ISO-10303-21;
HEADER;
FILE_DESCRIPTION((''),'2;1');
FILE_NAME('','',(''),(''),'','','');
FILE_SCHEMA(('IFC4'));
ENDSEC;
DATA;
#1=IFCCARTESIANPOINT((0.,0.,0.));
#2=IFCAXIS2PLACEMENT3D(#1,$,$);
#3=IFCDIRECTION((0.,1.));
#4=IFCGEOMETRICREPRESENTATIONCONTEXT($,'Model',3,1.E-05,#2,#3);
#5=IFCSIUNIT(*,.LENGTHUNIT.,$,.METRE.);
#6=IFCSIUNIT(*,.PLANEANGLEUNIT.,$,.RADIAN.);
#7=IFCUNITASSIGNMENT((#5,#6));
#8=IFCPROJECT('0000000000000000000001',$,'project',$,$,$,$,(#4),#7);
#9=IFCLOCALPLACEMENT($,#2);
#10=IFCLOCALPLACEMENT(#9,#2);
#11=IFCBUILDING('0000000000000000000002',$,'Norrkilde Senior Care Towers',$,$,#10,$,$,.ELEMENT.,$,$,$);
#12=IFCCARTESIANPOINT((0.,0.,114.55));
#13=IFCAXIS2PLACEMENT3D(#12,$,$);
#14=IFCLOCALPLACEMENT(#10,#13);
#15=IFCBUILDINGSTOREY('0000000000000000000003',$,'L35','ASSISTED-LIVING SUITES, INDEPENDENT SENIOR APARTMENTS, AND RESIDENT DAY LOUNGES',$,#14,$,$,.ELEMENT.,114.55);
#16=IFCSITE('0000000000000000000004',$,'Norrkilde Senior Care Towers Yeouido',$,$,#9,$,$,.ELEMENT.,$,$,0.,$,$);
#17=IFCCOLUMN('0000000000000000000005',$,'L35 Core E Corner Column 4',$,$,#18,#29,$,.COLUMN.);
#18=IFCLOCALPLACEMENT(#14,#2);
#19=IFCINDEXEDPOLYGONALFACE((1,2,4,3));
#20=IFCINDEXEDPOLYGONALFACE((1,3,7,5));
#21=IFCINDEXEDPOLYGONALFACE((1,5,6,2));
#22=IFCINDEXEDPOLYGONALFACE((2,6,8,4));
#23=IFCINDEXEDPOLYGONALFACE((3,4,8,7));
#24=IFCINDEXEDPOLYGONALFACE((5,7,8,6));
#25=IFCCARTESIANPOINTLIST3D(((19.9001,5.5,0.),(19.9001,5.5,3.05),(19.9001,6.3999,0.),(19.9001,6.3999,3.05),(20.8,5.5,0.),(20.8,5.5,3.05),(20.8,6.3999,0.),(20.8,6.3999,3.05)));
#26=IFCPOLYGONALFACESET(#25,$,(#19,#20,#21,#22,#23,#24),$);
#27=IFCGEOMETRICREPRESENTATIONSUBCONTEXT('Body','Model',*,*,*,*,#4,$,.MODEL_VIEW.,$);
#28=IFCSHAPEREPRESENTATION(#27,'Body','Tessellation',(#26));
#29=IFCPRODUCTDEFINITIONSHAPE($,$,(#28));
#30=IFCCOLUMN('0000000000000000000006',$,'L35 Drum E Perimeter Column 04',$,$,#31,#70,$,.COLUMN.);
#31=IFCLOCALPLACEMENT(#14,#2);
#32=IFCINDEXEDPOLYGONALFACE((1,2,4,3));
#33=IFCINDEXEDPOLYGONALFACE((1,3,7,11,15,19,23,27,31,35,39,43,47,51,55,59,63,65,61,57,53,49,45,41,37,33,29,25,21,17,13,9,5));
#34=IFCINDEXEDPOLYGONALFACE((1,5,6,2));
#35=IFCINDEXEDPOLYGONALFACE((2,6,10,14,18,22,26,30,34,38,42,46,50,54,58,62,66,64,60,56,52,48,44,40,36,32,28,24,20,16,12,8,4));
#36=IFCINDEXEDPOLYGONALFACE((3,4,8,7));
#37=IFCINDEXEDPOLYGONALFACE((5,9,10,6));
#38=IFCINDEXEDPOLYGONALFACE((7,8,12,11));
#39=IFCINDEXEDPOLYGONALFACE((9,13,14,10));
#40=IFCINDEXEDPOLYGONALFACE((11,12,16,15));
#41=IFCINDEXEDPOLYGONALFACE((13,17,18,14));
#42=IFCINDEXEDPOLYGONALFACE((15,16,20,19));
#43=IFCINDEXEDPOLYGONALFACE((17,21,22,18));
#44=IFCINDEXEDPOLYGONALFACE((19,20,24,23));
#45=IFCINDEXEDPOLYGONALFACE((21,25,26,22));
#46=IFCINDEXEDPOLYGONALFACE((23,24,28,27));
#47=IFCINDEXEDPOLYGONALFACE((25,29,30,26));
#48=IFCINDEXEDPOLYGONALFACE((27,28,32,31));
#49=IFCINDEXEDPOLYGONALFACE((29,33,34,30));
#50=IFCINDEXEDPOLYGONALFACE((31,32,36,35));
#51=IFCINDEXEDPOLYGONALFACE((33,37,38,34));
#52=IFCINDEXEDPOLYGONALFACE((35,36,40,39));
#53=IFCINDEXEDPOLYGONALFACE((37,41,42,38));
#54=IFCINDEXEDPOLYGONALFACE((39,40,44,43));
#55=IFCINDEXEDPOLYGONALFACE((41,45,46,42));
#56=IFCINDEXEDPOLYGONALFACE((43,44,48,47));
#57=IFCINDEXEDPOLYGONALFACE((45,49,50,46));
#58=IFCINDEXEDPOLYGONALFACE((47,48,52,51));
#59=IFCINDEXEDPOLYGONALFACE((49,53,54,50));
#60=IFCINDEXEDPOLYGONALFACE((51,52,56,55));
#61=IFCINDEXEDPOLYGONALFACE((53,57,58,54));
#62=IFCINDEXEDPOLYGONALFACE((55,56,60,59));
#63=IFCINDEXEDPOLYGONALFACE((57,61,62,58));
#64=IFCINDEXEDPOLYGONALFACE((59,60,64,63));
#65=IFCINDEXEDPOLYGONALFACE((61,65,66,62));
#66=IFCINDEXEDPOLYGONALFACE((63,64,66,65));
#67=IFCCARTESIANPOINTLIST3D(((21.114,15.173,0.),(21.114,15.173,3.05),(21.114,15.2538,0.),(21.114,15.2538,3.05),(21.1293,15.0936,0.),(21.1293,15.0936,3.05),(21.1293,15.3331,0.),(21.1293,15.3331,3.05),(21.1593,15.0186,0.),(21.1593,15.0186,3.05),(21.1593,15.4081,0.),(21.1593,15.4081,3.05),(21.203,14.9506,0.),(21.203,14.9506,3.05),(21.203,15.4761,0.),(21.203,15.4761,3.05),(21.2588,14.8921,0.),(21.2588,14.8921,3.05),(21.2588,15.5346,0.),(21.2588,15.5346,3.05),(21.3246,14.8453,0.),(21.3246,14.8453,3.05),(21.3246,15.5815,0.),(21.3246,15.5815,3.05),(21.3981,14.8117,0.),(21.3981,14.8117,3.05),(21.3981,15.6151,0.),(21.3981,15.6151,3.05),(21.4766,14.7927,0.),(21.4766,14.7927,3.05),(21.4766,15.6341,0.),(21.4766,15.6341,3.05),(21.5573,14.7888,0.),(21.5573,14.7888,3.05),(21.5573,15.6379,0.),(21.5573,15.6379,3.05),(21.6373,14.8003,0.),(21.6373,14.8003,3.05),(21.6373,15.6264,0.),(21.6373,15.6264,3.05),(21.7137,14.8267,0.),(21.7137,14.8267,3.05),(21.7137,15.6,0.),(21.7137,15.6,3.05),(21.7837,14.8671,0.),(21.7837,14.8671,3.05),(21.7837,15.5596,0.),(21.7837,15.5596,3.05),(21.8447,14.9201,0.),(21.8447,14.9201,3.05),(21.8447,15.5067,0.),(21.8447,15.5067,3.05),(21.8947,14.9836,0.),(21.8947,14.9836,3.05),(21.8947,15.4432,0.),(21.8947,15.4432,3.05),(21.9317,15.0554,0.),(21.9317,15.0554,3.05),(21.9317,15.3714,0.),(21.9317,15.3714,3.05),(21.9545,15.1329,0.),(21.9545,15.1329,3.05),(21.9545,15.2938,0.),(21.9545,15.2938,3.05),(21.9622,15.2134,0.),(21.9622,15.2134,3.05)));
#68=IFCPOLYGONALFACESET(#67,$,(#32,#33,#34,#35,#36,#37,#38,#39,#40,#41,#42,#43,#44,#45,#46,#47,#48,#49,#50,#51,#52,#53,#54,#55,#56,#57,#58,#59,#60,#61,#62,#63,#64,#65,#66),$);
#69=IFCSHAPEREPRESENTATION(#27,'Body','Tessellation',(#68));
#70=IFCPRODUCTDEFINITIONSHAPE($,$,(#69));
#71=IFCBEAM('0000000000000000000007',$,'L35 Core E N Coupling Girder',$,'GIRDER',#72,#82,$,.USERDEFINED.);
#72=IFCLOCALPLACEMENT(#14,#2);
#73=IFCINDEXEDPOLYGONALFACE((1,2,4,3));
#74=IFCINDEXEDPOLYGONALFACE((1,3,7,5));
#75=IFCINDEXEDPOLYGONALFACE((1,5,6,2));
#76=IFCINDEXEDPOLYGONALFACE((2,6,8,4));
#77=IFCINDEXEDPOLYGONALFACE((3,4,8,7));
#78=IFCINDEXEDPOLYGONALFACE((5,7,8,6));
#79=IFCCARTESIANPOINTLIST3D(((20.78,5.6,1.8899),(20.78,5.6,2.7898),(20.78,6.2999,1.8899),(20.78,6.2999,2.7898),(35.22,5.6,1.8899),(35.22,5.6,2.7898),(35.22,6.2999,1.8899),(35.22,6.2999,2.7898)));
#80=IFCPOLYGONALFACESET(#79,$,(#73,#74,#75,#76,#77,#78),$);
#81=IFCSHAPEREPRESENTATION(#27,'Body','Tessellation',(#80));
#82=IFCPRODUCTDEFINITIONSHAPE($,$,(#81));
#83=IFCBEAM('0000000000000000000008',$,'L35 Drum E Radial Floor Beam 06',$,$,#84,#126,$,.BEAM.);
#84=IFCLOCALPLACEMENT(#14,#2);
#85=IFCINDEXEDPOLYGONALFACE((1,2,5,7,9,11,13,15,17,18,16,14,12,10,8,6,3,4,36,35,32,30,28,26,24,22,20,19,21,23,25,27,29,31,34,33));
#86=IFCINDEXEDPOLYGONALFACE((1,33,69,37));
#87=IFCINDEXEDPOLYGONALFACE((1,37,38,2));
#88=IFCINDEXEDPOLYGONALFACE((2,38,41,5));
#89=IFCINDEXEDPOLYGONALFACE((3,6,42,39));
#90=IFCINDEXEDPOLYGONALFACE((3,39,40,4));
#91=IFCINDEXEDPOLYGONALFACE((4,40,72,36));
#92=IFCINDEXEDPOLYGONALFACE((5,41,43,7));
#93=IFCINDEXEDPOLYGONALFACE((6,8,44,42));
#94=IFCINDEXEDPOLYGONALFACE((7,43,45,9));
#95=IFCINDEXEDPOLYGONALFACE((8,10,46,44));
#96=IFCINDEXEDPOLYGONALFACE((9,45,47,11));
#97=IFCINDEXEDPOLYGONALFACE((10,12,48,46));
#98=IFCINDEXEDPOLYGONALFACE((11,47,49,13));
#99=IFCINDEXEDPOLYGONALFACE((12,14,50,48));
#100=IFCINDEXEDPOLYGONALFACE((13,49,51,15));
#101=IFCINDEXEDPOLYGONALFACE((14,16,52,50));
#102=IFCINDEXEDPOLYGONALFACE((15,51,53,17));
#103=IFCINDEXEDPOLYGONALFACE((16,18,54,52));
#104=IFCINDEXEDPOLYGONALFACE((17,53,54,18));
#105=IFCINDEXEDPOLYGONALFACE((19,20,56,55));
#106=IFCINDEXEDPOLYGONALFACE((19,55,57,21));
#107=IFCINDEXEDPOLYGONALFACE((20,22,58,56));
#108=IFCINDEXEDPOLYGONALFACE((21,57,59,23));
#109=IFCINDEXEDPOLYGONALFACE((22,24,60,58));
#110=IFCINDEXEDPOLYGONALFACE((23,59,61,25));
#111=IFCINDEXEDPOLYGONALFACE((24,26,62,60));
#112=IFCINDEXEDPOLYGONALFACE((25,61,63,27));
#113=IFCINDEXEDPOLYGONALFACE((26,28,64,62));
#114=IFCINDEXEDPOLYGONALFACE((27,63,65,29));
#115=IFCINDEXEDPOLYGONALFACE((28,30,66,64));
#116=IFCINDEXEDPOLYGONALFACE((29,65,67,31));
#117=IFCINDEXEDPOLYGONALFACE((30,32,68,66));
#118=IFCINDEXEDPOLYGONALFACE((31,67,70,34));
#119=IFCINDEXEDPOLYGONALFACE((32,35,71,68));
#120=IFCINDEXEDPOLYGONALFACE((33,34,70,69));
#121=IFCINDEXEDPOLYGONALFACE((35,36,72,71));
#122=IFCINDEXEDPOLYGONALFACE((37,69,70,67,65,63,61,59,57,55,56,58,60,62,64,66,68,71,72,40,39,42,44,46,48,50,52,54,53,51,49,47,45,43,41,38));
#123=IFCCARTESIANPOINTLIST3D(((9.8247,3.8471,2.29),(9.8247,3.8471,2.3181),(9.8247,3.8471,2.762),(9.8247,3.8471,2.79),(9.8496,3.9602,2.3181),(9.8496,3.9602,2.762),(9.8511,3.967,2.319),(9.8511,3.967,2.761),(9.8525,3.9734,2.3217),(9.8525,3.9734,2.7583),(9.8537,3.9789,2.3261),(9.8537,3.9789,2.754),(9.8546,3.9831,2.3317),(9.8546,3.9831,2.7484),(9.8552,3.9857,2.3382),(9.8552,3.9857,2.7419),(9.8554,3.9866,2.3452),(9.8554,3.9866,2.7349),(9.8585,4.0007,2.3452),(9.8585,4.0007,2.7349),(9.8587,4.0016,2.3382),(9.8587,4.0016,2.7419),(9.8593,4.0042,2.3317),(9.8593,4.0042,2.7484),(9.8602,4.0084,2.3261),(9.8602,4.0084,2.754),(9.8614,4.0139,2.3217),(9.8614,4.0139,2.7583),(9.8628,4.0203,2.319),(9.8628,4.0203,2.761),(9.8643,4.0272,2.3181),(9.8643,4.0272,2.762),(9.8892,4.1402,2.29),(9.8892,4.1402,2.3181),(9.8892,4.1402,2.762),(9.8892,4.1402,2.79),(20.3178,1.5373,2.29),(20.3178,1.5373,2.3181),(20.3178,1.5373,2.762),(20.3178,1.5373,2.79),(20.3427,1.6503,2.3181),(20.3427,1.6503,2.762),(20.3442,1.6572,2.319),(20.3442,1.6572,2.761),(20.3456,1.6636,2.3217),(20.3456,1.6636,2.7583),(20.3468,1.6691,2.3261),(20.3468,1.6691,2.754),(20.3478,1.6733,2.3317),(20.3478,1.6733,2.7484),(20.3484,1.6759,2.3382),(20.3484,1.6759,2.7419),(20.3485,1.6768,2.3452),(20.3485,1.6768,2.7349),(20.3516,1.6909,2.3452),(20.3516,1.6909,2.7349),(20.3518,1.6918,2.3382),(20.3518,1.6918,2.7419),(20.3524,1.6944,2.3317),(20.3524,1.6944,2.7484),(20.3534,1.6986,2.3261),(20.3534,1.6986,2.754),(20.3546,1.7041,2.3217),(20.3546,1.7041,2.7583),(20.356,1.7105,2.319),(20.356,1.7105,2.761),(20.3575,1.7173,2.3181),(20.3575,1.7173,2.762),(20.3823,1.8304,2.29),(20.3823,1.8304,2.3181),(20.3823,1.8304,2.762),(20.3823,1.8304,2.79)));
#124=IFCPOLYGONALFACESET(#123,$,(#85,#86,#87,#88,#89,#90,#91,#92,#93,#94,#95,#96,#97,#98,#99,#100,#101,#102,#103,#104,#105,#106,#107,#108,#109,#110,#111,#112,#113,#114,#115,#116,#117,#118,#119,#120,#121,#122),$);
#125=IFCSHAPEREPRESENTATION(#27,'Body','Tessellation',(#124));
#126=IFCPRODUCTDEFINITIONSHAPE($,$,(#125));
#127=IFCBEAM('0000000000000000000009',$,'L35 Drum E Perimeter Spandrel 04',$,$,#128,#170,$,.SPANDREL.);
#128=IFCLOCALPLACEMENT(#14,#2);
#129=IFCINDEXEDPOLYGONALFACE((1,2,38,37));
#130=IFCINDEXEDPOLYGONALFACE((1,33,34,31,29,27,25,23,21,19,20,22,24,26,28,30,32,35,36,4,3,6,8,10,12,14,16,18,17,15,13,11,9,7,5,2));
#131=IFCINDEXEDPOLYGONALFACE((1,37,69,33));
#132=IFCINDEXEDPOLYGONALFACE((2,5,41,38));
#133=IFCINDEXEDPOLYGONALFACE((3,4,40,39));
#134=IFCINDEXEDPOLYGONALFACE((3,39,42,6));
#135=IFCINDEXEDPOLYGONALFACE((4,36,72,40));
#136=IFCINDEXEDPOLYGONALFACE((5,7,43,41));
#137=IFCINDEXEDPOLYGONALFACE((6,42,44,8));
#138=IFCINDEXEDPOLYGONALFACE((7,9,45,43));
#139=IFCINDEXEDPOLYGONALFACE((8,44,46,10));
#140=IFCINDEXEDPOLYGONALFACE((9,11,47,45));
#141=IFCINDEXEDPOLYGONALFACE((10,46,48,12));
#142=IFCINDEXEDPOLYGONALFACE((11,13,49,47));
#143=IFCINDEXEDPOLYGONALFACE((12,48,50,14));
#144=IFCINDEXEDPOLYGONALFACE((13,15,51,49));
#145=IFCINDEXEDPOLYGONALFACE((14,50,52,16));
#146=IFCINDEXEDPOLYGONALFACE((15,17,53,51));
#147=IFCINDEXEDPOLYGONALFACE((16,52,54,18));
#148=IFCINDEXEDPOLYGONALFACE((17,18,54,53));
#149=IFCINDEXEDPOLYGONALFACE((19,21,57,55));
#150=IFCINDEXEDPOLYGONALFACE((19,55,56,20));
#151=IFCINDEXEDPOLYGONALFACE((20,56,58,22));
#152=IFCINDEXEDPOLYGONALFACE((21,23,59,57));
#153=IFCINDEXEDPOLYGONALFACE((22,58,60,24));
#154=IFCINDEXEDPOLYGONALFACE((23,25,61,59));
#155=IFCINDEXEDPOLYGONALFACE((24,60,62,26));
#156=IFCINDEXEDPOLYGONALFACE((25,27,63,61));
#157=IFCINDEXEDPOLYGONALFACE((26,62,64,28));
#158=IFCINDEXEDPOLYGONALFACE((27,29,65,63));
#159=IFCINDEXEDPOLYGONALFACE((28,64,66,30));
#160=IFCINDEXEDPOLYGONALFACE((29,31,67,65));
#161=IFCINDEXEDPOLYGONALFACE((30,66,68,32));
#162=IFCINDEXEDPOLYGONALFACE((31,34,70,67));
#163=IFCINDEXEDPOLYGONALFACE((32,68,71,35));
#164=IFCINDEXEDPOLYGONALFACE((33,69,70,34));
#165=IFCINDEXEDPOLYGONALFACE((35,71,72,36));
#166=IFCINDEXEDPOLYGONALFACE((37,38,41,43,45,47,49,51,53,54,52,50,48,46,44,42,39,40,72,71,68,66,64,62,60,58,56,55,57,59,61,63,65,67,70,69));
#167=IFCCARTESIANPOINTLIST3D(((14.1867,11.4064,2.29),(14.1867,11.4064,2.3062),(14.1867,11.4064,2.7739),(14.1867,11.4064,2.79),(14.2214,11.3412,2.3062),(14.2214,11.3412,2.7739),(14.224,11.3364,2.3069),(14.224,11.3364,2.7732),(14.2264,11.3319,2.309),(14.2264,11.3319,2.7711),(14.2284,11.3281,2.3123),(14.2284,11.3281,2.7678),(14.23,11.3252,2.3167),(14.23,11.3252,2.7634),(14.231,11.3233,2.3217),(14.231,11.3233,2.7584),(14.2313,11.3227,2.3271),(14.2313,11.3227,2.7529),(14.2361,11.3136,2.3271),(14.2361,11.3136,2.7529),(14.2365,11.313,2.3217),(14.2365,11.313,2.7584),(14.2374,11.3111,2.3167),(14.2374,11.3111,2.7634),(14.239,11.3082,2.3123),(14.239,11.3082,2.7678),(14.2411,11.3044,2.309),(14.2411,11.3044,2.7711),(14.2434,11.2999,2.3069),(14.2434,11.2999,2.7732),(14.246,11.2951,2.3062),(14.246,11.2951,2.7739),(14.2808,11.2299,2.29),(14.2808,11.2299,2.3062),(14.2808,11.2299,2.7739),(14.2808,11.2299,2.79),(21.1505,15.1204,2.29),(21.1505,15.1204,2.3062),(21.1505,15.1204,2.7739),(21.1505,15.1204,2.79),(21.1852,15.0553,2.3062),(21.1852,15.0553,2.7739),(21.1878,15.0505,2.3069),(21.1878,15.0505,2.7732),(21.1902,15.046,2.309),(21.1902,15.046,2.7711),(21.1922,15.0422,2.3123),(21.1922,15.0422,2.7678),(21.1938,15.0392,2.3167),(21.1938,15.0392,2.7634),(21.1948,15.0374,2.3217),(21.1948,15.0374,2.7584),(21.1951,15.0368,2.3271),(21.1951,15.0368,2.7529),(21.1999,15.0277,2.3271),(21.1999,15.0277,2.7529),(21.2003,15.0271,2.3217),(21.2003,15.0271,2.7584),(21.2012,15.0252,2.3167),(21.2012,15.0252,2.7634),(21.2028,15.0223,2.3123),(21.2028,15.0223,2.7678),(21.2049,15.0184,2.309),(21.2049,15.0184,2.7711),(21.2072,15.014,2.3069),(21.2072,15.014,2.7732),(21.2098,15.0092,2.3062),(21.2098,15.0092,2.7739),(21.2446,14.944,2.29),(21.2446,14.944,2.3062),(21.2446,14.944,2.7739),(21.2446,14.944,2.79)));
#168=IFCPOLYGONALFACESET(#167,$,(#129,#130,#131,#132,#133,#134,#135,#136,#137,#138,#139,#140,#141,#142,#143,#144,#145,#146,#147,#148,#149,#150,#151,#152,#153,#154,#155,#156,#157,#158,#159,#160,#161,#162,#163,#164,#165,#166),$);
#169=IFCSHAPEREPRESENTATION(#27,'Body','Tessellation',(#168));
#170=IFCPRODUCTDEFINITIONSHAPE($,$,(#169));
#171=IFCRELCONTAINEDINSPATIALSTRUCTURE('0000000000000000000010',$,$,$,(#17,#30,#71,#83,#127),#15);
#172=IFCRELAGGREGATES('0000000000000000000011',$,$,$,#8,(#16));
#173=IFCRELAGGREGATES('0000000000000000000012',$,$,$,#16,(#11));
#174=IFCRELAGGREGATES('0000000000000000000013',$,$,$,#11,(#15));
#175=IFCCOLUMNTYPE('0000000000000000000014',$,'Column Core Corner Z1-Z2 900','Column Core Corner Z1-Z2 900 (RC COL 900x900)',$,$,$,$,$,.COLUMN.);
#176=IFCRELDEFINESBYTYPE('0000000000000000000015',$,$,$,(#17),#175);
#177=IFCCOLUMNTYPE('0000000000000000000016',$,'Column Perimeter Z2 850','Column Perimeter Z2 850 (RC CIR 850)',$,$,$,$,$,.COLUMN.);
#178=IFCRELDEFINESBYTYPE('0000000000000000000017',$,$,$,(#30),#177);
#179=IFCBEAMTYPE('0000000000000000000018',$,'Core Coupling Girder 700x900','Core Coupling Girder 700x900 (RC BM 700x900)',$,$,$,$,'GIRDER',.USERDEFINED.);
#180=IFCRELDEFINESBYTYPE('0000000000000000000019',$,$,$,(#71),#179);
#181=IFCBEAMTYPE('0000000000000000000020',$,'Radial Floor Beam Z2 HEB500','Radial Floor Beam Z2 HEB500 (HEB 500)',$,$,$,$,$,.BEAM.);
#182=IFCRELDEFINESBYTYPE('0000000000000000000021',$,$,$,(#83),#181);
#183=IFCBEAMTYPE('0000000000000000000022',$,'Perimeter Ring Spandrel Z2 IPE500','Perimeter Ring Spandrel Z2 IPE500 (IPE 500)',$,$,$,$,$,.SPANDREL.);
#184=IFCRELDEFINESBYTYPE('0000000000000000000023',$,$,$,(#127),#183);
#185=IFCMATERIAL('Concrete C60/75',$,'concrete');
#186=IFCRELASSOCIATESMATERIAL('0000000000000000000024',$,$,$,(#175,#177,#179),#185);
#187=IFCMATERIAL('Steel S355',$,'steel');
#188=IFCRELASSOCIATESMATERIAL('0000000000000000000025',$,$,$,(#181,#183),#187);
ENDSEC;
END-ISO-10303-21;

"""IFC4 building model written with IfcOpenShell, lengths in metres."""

from ifc_helpers import new_model, si_unit, direction, frame, origin, origin_2d, place, context, subcontext, project, spatial, rectangle, circle, i_section, extrude, source, transform, mapped, material, material_profile, profile_set, type_object, type_shapes, element, save


model = new_model("IFC4")

# Units and contexts
model_context = context("Model", 3, precision=1e-05, world=origin(), true_north=direction((0.0, 1.0)))
body_context = subcontext(model_context, "Body", "Model", "MODEL_VIEW")
ifc_project = project(units=[si_unit("LENGTHUNIT", "METRE"), si_unit("PLANEANGLEUNIT", "RADIAN")], contexts=[model_context])

# Site, building, storey
site_placement = place(None, origin())
site = spatial("IfcSite", under=ifc_project, at=site_placement, Name="Norrkilde Senior Care Towers Yeouido", CompositionType="ELEMENT", RefElevation=0.0)
building_placement = place(site_placement, origin())
building = spatial("IfcBuilding", under=site, at=building_placement, Name="Norrkilde Senior Care Towers", CompositionType="ELEMENT")
storey_placement = place(building_placement, frame((0.0, 0.0, 114.55)))
storey = spatial("IfcBuildingStorey", under=building, at=storey_placement, Name="L35", Description="ASSISTED-LIVING SUITES, INDEPENDENT SENIOR APARTMENTS, AND RESIDENT DAY LOUNGES", CompositionType="ELEMENT", Elevation=114.55)

# Columns
ifc_material_1 = material(Name="Concrete C60/75", Category="concrete")
ifc_material_profile_1 = material_profile(ifc_material_1, rectangle(XDim=0.8999, YDim=0.8999, at=origin_2d()), Name="RC COL 900x900")
ifc_profile_set_1 = profile_set([ifc_material_profile_1], Name="Concrete C60/75")
column_type_1 = type_object("IfcColumnType", Name="Column Core Corner Z1-Z2 900", Description="Column Core Corner Z1-Z2 900 (RC COL 900x900)", PredefinedType="COLUMN", material=ifc_profile_set_1)
shared_shape_1 = source(origin(), body_context, "Body", "SweptSolid", [
    extrude(rectangle(XDim=0.8999, YDim=0.8999, at=origin_2d()), origin(), (0.0, 0.0, 1.0), 3.05),
])
type_shapes(column_type_1, [shared_shape_1])
column_1_placement = place(storey_placement, frame((20.3501, 5.95, 0.0), z_axis=(0.0, 0.0, 1.0), x_axis=(1.0, 0.0, 0.0)))
element("IfcColumn", 1, at=column_1_placement, inside=storey, type_object=column_type_1, Name="L35 Core E Corner Column 4", PredefinedType="COLUMN", context=body_context, shape_type="MappedRepresentation", body=[
    mapped(shared_shape_1, transform((0.0, 0.0, 0.0), x_axis=(1.0, 0.0, 0.0), y_axis=(0.0, 1.0, 0.0), z_axis=(0.0, 0.0, 1.0), scale=1.0)),
])
ifc_material_profile_2 = material_profile(ifc_material_1, circle(Radius=0.425, at=origin_2d()), Name="RC CIR 850")
ifc_profile_set_2 = profile_set([ifc_material_profile_2], Name="Concrete C60/75")
column_type_2 = type_object("IfcColumnType", Name="Column Perimeter Z2 850", Description="Column Perimeter Z2 850 (RC CIR 850)", PredefinedType="COLUMN", material=ifc_profile_set_2)
shared_shape_2 = source(origin(), body_context, "Body", "SweptSolid", [
    extrude(circle(Radius=0.425, at=origin_2d()), origin(), (0.0, 0.0, 1.0), 3.05),
])
type_shapes(column_type_2, [shared_shape_2])
column_2_placement = place(storey_placement, frame((21.5371, 15.2134, 0.0), z_axis=(0.0, 0.0, 1.0), x_axis=(1.0, 0.0, 0.0)))
element("IfcColumn", 2, at=column_2_placement, inside=storey, type_object=column_type_2, Name="L35 Drum E Perimeter Column 04", PredefinedType="COLUMN", context=body_context, shape_type="MappedRepresentation", body=[
    mapped(shared_shape_2, transform((0.0, 0.0, 0.0), x_axis=(1.0, 0.0, 0.0), y_axis=(0.0, 1.0, 0.0), z_axis=(0.0, 0.0, 1.0), scale=1.0)),
])

# Beams
ifc_material_profile_3 = material_profile(ifc_material_1, rectangle(XDim=0.7, YDim=0.8999, at=origin_2d()), Name="RC BM 700x900")
ifc_profile_set_3 = profile_set([ifc_material_profile_3], Name="Concrete C60/75")
beam_type_1 = type_object("IfcBeamType", Name="Core Coupling Girder 700x900", Description="Core Coupling Girder 700x900 (RC BM 700x900)", ElementType="GIRDER", PredefinedType="USERDEFINED", material=ifc_profile_set_3)
shared_shape_3 = source(origin(), body_context, "Body", "SweptSolid", [
    extrude(rectangle(XDim=0.7, YDim=0.8999, at=origin_2d()), origin(), (0.0, 0.0, 1.0), 14.4399),
])
type_shapes(beam_type_1, [shared_shape_3])
beam_1_placement = place(storey_placement, frame((20.78, 5.95, 2.3398), z_axis=(1.0, 0.0, 0.0), x_axis=(0.0, 1.0, 0.0)))
element("IfcBeam", 3, at=beam_1_placement, inside=storey, type_object=beam_type_1, Name="L35 Core E N Coupling Girder", ObjectType="GIRDER", PredefinedType="USERDEFINED", context=body_context, shape_type="MappedRepresentation", body=[
    mapped(shared_shape_3, transform((0.0, 0.0, 0.0), x_axis=(1.0, 0.0, 0.0), y_axis=(0.0, 1.0, 0.0), z_axis=(0.0, 0.0, 1.0), scale=1.0)),
])
ifc_material_2 = material(Name="Steel S355", Category="steel")
ifc_material_profile_4 = material_profile(ifc_material_2, i_section(OverallWidth=0.3, OverallDepth=0.5, WebThickness=0.0144, FlangeThickness=0.0281, FilletRadius=0.0271, at=origin_2d()), Name="HEB 500")
ifc_profile_set_4 = profile_set([ifc_material_profile_4], Name="Steel S355")
beam_type_2 = type_object("IfcBeamType", Name="Radial Floor Beam Z2 HEB500", Description="Radial Floor Beam Z2 HEB500 (HEB 500)", PredefinedType="BEAM", material=ifc_profile_set_4)
shared_shape_4 = source(origin(), body_context, "Body", "SweptSolid", [
    extrude(i_section(OverallWidth=0.3, OverallDepth=0.5, WebThickness=0.0144, FlangeThickness=0.0281, FilletRadius=0.0271, at=origin_2d()), origin(), (0.0, 0.0, 1.0), 10.7444),
])
beam_2_placement = place(storey_placement, frame((20.3501, 1.6838, 2.54), z_axis=(-0.976619, 0.214979, 0.0), x_axis=(-0.214979, -0.976619, 0.0)))
element("IfcBeam", 4, at=beam_2_placement, inside=storey, type_object=beam_type_2, Name="L35 Drum E Radial Floor Beam 06", PredefinedType="BEAM", context=body_context, shape_type="MappedRepresentation", body=[
    mapped(shared_shape_4, transform((0.0, 0.0, 0.0), x_axis=(1.0, 0.0, 0.0), y_axis=(0.0, 1.0, 0.0), z_axis=(0.0, 0.0, 1.0), scale=1.0)),
])
ifc_material_profile_5 = material_profile(ifc_material_2, i_section(OverallWidth=0.2, OverallDepth=0.5, WebThickness=0.0103, FlangeThickness=0.0161, FilletRadius=0.021, at=origin_2d()), Name="IPE 500")
ifc_profile_set_5 = profile_set([ifc_material_profile_5], Name="Steel S355")
beam_type_3 = type_object("IfcBeamType", Name="Perimeter Ring Spandrel Z2 IPE500", Description="Perimeter Ring Spandrel Z2 IPE500 (IPE 500)", PredefinedType="SPANDREL", material=ifc_profile_set_5)
shared_shape_5 = source(origin(), body_context, "Body", "SweptSolid", [
    extrude(i_section(OverallWidth=0.2, OverallDepth=0.5, WebThickness=0.0103, FlangeThickness=0.0161, FilletRadius=0.021, at=origin_2d()), origin(), (0.0, 0.0, 1.0), 7.8923),
])
type_shapes(beam_type_3, [shared_shape_5])
beam_3_placement = place(storey_placement, frame((21.1975, 15.0322, 2.54), z_axis=(-0.88235, -0.470593, 0.0), x_axis=(0.470593, -0.88235, 0.0)))
element("IfcBeam", 5, at=beam_3_placement, inside=storey, type_object=beam_type_3, Name="L35 Drum E Perimeter Spandrel 04", PredefinedType="SPANDREL", context=body_context, shape_type="MappedRepresentation", body=[
    mapped(shared_shape_5, transform((0.0, 0.0, 0.0), x_axis=(1.0, 0.0, 0.0), y_axis=(0.0, 1.0, 0.0), z_axis=(0.0, 0.0, 1.0), scale=1.0)),
])

save(model, "model.ifc")
